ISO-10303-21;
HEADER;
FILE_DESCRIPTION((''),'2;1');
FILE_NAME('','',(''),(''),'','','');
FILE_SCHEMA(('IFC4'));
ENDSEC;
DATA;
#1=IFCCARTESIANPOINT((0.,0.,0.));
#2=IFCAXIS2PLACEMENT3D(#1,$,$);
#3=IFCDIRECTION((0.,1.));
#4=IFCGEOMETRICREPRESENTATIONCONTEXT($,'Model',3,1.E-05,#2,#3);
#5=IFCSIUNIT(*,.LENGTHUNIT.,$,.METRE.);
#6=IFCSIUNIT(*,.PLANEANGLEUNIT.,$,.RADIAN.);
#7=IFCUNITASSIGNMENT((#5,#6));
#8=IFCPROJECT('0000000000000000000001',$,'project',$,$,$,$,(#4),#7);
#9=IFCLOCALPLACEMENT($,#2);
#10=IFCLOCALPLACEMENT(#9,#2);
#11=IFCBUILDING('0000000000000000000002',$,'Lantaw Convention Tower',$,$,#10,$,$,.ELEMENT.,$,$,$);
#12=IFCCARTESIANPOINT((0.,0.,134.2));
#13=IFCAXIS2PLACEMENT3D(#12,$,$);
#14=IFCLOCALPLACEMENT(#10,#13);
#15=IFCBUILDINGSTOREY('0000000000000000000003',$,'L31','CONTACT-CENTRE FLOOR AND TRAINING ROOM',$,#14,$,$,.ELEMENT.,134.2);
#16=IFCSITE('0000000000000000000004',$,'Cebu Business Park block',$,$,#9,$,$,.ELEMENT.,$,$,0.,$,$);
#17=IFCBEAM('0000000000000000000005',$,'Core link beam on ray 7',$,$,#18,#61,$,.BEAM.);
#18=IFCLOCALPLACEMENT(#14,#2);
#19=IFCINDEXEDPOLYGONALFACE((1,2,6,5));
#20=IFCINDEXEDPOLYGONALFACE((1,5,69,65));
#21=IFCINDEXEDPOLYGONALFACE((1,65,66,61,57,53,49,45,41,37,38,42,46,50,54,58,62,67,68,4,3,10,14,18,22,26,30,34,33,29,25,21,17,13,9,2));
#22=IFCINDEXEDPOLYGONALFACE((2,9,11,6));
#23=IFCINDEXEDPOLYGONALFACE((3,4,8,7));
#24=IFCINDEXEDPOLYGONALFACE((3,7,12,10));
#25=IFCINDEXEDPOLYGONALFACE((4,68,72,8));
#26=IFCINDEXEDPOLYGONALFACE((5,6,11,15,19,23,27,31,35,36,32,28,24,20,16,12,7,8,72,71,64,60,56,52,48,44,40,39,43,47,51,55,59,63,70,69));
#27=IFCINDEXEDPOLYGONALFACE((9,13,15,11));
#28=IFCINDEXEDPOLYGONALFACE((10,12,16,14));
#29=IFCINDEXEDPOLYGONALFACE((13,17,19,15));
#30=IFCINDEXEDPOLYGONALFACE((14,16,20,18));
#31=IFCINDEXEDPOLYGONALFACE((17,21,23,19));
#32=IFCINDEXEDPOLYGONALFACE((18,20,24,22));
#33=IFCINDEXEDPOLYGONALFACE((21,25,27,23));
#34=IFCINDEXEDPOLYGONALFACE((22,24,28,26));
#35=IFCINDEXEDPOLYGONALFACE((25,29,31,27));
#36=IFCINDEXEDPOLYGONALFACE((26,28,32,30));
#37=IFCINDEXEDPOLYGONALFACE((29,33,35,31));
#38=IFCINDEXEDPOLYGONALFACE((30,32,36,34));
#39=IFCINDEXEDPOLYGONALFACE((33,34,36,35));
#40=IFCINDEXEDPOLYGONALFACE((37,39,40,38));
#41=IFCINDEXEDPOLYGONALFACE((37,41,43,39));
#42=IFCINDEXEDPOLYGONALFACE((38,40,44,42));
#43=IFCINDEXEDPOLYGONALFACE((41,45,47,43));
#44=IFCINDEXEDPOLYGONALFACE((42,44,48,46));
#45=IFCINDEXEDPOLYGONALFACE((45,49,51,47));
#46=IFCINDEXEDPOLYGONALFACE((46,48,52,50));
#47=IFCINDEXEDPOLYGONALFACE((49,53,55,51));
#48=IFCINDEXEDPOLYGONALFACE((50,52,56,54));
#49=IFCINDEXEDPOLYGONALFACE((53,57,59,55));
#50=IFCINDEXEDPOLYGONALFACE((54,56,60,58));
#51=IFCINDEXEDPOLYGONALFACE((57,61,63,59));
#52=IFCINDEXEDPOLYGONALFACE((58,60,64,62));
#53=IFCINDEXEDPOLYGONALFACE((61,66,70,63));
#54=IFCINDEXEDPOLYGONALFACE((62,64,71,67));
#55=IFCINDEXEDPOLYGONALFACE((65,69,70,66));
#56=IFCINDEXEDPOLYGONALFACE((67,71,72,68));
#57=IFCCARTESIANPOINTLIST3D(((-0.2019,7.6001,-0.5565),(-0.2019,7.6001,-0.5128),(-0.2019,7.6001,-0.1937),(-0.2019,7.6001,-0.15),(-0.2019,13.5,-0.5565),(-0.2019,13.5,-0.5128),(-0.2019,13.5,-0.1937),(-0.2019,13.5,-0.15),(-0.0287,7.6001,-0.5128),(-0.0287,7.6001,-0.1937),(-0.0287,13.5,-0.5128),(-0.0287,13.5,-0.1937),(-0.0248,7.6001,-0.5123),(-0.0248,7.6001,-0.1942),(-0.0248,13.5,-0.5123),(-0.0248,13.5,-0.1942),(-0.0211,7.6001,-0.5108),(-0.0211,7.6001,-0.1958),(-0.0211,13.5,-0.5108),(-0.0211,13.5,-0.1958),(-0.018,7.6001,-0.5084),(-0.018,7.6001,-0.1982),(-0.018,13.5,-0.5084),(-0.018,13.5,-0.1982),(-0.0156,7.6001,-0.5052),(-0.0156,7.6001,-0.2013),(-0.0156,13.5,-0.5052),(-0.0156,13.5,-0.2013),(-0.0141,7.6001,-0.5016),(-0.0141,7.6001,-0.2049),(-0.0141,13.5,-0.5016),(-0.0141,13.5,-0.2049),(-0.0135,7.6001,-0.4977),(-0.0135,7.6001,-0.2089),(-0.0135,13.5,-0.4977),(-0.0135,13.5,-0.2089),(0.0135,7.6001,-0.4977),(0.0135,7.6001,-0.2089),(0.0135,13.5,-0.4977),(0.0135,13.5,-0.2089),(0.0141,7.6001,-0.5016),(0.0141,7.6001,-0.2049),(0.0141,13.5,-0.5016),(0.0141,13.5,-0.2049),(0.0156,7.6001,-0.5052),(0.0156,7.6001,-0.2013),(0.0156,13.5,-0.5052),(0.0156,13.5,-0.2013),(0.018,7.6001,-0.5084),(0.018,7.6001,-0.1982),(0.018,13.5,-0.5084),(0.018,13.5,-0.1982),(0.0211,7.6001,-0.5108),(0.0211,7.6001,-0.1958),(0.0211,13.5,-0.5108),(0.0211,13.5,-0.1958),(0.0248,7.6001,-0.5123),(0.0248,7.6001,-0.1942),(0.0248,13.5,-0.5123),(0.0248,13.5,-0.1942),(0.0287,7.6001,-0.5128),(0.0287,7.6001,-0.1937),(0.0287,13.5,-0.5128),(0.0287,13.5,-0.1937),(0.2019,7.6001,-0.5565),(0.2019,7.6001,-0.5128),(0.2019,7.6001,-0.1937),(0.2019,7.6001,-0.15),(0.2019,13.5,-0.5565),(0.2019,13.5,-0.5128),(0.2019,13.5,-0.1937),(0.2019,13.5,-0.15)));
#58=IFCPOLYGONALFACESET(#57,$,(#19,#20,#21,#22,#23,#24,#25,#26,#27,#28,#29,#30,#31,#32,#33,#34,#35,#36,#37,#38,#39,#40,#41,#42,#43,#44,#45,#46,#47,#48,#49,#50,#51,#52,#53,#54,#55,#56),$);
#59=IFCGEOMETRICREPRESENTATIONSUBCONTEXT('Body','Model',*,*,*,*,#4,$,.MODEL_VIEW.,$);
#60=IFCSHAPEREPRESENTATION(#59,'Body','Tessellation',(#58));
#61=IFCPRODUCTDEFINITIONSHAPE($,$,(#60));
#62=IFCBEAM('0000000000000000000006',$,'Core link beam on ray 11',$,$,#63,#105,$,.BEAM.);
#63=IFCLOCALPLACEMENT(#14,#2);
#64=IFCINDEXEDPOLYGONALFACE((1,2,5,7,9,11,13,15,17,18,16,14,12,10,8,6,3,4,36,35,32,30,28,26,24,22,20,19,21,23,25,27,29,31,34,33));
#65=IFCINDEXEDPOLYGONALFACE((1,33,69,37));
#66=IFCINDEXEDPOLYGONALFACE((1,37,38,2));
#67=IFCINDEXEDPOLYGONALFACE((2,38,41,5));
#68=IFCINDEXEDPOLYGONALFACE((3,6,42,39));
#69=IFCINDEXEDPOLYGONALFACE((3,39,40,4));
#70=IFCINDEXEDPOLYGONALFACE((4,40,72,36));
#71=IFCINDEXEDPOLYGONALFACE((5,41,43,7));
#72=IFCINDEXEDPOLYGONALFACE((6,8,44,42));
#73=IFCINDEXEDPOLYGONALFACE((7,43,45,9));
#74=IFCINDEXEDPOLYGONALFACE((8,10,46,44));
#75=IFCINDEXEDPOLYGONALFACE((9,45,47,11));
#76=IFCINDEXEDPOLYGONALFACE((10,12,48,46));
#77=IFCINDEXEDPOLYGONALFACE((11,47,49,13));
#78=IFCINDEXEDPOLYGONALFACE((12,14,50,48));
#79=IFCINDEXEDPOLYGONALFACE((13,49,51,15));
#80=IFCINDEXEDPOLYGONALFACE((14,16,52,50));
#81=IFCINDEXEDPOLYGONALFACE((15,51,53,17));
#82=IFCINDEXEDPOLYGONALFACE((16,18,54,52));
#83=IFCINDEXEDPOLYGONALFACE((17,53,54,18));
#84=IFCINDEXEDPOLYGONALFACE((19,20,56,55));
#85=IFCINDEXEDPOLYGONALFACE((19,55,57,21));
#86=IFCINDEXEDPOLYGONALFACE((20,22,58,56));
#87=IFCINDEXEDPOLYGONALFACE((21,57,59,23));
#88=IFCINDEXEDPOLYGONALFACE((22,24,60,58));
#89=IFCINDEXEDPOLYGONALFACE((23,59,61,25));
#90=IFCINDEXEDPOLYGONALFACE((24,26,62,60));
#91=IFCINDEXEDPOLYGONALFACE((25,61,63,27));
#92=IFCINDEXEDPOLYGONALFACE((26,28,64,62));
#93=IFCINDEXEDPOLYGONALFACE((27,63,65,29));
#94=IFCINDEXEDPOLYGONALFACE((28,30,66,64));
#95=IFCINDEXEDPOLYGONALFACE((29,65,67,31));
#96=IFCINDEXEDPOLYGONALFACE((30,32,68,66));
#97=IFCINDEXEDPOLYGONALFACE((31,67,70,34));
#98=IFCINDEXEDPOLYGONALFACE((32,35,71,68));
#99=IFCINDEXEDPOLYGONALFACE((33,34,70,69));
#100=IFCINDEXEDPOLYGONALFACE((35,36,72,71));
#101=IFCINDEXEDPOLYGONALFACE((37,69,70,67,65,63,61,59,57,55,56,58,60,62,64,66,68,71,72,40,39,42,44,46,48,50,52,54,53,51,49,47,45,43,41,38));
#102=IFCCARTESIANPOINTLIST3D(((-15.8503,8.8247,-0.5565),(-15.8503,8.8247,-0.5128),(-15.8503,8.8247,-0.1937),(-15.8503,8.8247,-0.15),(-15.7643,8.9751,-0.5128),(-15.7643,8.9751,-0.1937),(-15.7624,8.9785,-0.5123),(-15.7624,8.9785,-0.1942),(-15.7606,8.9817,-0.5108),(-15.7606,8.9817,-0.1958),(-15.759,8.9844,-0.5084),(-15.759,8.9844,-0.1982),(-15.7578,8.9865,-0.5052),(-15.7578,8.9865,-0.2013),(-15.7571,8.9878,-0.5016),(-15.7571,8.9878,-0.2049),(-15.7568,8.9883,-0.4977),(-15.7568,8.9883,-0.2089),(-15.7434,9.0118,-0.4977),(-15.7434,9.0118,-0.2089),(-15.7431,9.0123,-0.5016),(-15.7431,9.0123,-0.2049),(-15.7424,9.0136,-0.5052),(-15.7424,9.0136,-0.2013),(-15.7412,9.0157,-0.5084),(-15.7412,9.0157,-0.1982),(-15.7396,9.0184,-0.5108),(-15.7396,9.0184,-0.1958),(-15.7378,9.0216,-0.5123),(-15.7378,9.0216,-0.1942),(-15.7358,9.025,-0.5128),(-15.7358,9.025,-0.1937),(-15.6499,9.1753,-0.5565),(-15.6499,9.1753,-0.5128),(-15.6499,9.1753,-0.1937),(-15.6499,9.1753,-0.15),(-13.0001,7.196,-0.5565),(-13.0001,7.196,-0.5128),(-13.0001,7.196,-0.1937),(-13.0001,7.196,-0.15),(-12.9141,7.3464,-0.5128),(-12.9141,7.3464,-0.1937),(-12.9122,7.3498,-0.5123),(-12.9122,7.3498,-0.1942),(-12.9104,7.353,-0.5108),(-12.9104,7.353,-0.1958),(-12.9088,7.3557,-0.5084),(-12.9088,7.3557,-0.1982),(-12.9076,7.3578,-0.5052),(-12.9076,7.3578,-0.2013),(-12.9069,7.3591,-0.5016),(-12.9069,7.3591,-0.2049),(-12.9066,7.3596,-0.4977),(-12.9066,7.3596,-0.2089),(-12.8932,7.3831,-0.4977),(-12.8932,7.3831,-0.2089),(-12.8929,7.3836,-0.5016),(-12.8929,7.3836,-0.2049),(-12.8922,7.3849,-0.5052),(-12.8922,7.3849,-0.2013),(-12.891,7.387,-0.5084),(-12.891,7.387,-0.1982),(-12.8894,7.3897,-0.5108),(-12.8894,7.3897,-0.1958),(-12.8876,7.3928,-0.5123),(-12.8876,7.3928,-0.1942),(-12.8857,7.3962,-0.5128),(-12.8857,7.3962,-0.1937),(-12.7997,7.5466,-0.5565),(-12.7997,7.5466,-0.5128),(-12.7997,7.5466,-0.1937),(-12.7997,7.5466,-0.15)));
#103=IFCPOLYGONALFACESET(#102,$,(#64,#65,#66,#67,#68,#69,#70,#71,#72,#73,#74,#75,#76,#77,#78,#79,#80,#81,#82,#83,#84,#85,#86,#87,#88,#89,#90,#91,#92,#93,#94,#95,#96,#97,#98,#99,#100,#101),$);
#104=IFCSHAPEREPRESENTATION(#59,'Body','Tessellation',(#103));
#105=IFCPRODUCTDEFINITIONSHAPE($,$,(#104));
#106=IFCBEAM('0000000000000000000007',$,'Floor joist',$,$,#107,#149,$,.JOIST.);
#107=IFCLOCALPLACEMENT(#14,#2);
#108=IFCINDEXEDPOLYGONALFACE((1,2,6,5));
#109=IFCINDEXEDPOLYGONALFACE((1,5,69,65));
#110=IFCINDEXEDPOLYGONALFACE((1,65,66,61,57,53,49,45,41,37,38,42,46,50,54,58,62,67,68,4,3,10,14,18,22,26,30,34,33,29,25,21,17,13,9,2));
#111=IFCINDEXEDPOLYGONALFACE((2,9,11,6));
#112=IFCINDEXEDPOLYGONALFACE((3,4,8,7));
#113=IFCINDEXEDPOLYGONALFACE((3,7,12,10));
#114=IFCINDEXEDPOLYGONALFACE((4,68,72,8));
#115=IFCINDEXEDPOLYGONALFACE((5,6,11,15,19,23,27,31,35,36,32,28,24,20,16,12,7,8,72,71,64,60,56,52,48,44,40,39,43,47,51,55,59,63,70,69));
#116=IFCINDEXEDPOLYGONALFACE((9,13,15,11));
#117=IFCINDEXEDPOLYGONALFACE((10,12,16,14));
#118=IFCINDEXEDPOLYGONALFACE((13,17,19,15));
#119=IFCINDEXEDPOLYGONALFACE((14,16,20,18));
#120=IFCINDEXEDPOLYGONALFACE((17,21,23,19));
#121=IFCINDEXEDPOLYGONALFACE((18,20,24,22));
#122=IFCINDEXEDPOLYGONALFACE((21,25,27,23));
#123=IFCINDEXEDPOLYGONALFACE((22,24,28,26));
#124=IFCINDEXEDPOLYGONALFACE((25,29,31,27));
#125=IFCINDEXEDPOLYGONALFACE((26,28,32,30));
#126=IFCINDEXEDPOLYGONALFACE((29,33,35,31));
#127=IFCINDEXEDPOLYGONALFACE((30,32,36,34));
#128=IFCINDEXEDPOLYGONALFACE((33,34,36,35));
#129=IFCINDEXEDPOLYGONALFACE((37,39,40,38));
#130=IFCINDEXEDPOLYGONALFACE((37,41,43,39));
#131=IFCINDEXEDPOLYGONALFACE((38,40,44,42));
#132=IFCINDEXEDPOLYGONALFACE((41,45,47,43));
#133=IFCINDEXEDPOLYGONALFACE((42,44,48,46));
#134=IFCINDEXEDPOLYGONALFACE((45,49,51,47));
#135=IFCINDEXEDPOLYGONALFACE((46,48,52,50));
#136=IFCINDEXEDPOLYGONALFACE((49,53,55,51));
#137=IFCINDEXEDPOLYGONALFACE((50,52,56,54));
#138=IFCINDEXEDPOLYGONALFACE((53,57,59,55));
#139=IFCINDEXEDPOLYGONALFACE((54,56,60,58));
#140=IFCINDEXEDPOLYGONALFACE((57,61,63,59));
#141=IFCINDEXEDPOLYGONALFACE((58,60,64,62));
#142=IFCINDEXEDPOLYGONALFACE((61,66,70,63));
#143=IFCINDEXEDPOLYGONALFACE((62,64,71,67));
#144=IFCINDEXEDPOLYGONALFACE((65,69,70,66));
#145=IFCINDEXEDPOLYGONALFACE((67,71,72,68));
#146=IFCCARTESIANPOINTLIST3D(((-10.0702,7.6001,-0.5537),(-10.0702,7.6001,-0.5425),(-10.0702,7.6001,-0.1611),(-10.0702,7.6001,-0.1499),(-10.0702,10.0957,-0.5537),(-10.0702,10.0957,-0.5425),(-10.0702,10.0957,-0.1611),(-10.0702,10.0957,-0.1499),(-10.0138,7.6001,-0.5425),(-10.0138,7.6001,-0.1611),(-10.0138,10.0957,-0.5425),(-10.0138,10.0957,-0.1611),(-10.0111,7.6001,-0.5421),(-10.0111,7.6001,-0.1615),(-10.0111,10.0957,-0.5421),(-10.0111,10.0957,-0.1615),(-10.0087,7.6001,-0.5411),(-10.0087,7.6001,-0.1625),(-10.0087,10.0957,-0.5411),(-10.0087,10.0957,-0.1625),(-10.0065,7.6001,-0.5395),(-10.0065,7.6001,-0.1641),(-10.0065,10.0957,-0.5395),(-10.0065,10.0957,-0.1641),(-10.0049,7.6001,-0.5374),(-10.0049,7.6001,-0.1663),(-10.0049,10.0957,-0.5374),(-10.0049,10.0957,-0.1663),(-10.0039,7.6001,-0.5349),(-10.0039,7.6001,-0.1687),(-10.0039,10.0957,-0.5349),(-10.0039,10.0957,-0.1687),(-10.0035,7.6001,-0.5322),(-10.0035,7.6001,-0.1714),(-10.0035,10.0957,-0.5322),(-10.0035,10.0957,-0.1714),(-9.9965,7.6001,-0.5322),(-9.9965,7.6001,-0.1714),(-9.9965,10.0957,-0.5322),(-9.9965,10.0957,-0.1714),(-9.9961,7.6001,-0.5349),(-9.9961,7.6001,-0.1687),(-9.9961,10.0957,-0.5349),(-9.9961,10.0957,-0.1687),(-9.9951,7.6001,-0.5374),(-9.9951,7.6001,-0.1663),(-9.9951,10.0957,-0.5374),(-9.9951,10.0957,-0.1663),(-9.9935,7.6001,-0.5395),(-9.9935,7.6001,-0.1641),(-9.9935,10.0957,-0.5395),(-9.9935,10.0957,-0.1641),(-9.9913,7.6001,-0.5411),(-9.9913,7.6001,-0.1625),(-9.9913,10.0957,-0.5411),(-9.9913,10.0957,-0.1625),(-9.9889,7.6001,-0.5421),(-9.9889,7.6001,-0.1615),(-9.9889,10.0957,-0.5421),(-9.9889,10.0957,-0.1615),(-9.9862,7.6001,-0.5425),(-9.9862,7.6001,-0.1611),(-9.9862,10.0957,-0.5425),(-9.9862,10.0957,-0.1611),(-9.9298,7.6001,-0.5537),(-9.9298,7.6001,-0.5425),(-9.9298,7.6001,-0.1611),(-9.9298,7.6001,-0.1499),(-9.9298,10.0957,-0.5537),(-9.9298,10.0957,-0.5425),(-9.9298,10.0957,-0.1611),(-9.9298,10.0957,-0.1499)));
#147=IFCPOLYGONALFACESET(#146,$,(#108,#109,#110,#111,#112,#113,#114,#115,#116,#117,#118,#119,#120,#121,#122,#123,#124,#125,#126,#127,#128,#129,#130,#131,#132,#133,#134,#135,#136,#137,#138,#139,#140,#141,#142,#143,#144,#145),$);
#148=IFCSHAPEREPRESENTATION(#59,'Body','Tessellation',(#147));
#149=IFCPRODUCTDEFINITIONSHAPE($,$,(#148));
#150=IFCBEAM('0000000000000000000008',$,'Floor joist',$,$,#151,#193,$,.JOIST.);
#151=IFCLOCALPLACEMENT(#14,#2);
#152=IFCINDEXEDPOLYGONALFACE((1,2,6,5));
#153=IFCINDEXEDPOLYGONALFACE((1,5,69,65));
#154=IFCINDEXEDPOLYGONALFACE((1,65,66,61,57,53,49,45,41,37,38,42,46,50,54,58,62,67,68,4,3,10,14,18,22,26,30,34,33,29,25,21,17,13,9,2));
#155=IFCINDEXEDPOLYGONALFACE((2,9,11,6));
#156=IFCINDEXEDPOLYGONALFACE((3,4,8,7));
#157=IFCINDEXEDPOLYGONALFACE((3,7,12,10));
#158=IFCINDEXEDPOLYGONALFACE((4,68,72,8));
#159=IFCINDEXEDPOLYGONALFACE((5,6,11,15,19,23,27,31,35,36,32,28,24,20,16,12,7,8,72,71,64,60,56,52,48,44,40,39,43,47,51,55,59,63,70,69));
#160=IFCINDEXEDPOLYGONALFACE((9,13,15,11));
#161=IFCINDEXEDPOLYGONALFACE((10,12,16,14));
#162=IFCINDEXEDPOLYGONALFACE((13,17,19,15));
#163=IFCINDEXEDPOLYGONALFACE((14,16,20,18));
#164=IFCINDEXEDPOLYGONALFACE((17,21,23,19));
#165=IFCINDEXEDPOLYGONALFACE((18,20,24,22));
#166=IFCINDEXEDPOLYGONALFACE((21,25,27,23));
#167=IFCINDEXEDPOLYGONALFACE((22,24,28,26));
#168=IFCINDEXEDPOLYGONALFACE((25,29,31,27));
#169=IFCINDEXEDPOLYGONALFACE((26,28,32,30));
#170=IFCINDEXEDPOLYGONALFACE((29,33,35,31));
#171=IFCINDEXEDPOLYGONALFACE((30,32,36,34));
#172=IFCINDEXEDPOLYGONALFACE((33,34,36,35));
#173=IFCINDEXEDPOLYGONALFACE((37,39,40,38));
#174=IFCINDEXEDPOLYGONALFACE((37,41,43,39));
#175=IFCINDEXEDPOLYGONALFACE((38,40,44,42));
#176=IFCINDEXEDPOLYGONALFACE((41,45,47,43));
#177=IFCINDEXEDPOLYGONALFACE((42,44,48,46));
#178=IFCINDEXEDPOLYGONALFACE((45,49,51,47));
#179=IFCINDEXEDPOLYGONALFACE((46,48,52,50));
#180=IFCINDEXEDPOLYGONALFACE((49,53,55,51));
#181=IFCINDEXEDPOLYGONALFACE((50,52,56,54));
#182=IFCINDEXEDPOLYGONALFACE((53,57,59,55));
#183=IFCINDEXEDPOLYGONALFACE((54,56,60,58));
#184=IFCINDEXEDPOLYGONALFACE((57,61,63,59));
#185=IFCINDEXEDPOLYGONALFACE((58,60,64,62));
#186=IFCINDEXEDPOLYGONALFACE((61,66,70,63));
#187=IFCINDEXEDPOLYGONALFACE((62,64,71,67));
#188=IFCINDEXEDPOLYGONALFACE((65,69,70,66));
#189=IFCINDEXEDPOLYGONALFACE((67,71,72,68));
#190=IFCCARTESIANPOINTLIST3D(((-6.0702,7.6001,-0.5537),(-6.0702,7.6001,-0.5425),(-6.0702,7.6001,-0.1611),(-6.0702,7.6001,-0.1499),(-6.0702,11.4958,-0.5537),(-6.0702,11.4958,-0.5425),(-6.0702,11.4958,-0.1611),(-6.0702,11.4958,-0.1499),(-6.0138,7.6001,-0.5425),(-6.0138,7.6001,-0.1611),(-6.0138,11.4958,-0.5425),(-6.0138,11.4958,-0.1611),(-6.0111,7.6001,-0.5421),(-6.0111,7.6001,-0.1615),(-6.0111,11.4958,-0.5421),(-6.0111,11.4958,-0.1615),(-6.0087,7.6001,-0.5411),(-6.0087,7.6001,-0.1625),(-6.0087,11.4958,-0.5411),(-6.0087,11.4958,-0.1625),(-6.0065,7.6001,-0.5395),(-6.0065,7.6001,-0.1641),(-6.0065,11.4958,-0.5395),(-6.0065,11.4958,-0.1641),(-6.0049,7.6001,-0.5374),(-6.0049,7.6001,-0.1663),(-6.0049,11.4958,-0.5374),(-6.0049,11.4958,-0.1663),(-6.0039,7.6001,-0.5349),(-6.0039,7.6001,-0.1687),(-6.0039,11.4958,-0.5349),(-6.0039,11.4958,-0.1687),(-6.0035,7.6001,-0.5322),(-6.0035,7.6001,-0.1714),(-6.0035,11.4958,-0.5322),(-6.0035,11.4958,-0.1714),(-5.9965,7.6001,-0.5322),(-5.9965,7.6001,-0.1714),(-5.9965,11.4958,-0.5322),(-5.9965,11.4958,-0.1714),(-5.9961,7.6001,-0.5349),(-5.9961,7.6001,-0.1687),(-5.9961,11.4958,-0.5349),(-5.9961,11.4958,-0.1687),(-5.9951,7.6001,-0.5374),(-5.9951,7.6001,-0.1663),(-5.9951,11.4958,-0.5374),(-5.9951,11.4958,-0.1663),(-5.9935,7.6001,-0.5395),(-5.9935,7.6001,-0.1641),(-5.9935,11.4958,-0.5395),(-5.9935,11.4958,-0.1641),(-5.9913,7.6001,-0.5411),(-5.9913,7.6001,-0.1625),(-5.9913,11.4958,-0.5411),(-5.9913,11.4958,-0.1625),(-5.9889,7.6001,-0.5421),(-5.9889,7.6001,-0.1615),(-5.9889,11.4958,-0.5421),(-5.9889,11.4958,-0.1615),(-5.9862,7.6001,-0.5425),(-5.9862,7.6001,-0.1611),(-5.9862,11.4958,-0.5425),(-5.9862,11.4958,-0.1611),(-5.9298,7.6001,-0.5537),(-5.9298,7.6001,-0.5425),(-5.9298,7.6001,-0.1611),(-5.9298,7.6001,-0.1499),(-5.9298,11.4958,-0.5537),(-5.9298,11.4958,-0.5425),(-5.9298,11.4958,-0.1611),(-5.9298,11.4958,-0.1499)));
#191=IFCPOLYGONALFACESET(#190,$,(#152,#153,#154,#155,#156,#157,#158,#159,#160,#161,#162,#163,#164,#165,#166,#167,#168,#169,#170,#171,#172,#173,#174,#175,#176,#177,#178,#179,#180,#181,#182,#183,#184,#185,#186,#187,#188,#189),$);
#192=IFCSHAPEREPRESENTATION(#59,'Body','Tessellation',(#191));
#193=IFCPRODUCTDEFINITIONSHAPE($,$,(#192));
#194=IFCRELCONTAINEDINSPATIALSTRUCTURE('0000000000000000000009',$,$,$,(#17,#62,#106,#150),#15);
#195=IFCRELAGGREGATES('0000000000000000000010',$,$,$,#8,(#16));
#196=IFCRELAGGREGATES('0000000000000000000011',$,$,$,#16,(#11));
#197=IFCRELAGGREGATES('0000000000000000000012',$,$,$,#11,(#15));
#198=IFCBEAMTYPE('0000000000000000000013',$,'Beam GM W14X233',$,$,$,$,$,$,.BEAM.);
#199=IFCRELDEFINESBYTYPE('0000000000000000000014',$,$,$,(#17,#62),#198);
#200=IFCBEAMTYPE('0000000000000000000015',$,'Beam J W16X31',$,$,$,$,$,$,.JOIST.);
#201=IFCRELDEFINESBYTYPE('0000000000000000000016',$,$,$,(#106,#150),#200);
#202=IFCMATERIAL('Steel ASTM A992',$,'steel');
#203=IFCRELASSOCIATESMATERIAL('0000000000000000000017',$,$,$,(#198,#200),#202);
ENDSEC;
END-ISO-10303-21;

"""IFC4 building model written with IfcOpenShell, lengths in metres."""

from ifc_helpers import new_model, si_unit, direction, frame, origin, origin_2d, place, context, subcontext, project, spatial, i_section, extrude, material, material_profile, profile_set, type_object, element, save


model = new_model("IFC4")

# Units and contexts
model_context = context("Model", 3, precision=1e-05, world=origin(), true_north=direction((0.0, 1.0)))
body_context = subcontext(model_context, "Body", "Model", "MODEL_VIEW")
ifc_project = project(units=[si_unit("LENGTHUNIT", "METRE"), si_unit("PLANEANGLEUNIT", "RADIAN")], contexts=[model_context])

# Site, building, storey
site_placement = place(None, origin())
site = spatial("IfcSite", under=ifc_project, at=site_placement, Name="Cebu Business Park block", CompositionType="ELEMENT", RefElevation=0.0)
building_placement = place(site_placement, origin())
building = spatial("IfcBuilding", under=site, at=building_placement, Name="Lantaw Convention Tower", CompositionType="ELEMENT")
storey_placement = place(building_placement, frame((0.0, 0.0, 134.2)))
storey = spatial("IfcBuildingStorey", under=building, at=storey_placement, Name="L31", Description="CONTACT-CENTRE FLOOR AND TRAINING ROOM", CompositionType="ELEMENT", Elevation=134.2)

# Beams
ifc_material_1 = material(Name="Steel ASTM A992", Category="steel")
ifc_material_profile_1 = material_profile(ifc_material_1, i_section(OverallWidth=0.4038, OverallDepth=0.4065, WebThickness=0.0271, FlangeThickness=0.0437, FilletRadius=0.0151, at=origin_2d()), Name="W14X233")
ifc_profile_set_1 = profile_set([ifc_material_profile_1], Name="Steel ASTM A992")
beam_type_1 = type_object("IfcBeamType", Name="Beam GM W14X233", PredefinedType="BEAM", material=ifc_profile_set_1)
beam_1_placement = place(storey_placement, frame((0.0, 7.6001, -0.3533), z_axis=(0.0, 1.0, 0.0), x_axis=(-1.0, 0.0, 0.0)))
element("IfcBeam", 1, at=beam_1_placement, inside=storey, type_object=beam_type_1, Name="Core link beam on ray 7", PredefinedType="BEAM", context=body_context, shape_type="SweptSolid", body=[
    extrude(i_section(OverallWidth=0.4038, OverallDepth=0.4065, WebThickness=0.0271, FlangeThickness=0.0437, FilletRadius=0.0151, at=origin_2d()), origin(), (0.0, 0.0, 1.0), 5.8999),
])
beam_2_placement = place(storey_placement, frame((-12.8999, 7.3713, -0.3533), z_axis=(-0.868239, 0.496147, 0.0), x_axis=(-0.496147, -0.868239, 0.0)))
element("IfcBeam", 2, at=beam_2_placement, inside=storey, type_object=beam_type_1, Name="Core link beam on ray 11", PredefinedType="BEAM", context=body_context, shape_type="SweptSolid", body=[
    extrude(i_section(OverallWidth=0.4038, OverallDepth=0.4065, WebThickness=0.0271, FlangeThickness=0.0437, FilletRadius=0.0151, at=origin_2d()), origin(), (0.0, 0.0, 1.0), 3.2827),
])
ifc_material_profile_2 = material_profile(ifc_material_1, i_section(OverallWidth=0.1404, OverallDepth=0.4038, WebThickness=0.0071, FlangeThickness=0.0112, FilletRadius=0.0103, at=origin_2d()), Name="W16X31")
ifc_profile_set_2 = profile_set([ifc_material_profile_2], Name="Steel ASTM A992")
beam_type_2 = type_object("IfcBeamType", Name="Beam J W16X31", PredefinedType="JOIST", material=ifc_profile_set_2)
beam_3_placement = place(storey_placement, frame((-10.0, 7.6001, -0.3518), z_axis=(0.0, 1.0, 0.0), x_axis=(-1.0, 0.0, 0.0)))
element("IfcBeam", 3, at=beam_3_placement, inside=storey, type_object=beam_type_2, Name="Floor joist", PredefinedType="JOIST", context=body_context, shape_type="SweptSolid", body=[
    extrude(i_section(OverallWidth=0.1404, OverallDepth=0.4038, WebThickness=0.0071, FlangeThickness=0.0112, FilletRadius=0.0103, at=origin_2d()), origin(), (0.0, 0.0, 1.0), 2.4956),
])
beam_4_placement = place(storey_placement, frame((-6.0, 7.6001, -0.3518), z_axis=(0.0, 1.0, 0.0), x_axis=(-1.0, 0.0, 0.0)))
element("IfcBeam", 4, at=beam_4_placement, inside=storey, type_object=beam_type_2, Name="Floor joist", PredefinedType="JOIST", context=body_context, shape_type="SweptSolid", body=[
    extrude(i_section(OverallWidth=0.1404, OverallDepth=0.4038, WebThickness=0.0071, FlangeThickness=0.0112, FilletRadius=0.0103, at=origin_2d()), origin(), (0.0, 0.0, 1.0), 3.8958),
])

save(model, "model.ifc")
